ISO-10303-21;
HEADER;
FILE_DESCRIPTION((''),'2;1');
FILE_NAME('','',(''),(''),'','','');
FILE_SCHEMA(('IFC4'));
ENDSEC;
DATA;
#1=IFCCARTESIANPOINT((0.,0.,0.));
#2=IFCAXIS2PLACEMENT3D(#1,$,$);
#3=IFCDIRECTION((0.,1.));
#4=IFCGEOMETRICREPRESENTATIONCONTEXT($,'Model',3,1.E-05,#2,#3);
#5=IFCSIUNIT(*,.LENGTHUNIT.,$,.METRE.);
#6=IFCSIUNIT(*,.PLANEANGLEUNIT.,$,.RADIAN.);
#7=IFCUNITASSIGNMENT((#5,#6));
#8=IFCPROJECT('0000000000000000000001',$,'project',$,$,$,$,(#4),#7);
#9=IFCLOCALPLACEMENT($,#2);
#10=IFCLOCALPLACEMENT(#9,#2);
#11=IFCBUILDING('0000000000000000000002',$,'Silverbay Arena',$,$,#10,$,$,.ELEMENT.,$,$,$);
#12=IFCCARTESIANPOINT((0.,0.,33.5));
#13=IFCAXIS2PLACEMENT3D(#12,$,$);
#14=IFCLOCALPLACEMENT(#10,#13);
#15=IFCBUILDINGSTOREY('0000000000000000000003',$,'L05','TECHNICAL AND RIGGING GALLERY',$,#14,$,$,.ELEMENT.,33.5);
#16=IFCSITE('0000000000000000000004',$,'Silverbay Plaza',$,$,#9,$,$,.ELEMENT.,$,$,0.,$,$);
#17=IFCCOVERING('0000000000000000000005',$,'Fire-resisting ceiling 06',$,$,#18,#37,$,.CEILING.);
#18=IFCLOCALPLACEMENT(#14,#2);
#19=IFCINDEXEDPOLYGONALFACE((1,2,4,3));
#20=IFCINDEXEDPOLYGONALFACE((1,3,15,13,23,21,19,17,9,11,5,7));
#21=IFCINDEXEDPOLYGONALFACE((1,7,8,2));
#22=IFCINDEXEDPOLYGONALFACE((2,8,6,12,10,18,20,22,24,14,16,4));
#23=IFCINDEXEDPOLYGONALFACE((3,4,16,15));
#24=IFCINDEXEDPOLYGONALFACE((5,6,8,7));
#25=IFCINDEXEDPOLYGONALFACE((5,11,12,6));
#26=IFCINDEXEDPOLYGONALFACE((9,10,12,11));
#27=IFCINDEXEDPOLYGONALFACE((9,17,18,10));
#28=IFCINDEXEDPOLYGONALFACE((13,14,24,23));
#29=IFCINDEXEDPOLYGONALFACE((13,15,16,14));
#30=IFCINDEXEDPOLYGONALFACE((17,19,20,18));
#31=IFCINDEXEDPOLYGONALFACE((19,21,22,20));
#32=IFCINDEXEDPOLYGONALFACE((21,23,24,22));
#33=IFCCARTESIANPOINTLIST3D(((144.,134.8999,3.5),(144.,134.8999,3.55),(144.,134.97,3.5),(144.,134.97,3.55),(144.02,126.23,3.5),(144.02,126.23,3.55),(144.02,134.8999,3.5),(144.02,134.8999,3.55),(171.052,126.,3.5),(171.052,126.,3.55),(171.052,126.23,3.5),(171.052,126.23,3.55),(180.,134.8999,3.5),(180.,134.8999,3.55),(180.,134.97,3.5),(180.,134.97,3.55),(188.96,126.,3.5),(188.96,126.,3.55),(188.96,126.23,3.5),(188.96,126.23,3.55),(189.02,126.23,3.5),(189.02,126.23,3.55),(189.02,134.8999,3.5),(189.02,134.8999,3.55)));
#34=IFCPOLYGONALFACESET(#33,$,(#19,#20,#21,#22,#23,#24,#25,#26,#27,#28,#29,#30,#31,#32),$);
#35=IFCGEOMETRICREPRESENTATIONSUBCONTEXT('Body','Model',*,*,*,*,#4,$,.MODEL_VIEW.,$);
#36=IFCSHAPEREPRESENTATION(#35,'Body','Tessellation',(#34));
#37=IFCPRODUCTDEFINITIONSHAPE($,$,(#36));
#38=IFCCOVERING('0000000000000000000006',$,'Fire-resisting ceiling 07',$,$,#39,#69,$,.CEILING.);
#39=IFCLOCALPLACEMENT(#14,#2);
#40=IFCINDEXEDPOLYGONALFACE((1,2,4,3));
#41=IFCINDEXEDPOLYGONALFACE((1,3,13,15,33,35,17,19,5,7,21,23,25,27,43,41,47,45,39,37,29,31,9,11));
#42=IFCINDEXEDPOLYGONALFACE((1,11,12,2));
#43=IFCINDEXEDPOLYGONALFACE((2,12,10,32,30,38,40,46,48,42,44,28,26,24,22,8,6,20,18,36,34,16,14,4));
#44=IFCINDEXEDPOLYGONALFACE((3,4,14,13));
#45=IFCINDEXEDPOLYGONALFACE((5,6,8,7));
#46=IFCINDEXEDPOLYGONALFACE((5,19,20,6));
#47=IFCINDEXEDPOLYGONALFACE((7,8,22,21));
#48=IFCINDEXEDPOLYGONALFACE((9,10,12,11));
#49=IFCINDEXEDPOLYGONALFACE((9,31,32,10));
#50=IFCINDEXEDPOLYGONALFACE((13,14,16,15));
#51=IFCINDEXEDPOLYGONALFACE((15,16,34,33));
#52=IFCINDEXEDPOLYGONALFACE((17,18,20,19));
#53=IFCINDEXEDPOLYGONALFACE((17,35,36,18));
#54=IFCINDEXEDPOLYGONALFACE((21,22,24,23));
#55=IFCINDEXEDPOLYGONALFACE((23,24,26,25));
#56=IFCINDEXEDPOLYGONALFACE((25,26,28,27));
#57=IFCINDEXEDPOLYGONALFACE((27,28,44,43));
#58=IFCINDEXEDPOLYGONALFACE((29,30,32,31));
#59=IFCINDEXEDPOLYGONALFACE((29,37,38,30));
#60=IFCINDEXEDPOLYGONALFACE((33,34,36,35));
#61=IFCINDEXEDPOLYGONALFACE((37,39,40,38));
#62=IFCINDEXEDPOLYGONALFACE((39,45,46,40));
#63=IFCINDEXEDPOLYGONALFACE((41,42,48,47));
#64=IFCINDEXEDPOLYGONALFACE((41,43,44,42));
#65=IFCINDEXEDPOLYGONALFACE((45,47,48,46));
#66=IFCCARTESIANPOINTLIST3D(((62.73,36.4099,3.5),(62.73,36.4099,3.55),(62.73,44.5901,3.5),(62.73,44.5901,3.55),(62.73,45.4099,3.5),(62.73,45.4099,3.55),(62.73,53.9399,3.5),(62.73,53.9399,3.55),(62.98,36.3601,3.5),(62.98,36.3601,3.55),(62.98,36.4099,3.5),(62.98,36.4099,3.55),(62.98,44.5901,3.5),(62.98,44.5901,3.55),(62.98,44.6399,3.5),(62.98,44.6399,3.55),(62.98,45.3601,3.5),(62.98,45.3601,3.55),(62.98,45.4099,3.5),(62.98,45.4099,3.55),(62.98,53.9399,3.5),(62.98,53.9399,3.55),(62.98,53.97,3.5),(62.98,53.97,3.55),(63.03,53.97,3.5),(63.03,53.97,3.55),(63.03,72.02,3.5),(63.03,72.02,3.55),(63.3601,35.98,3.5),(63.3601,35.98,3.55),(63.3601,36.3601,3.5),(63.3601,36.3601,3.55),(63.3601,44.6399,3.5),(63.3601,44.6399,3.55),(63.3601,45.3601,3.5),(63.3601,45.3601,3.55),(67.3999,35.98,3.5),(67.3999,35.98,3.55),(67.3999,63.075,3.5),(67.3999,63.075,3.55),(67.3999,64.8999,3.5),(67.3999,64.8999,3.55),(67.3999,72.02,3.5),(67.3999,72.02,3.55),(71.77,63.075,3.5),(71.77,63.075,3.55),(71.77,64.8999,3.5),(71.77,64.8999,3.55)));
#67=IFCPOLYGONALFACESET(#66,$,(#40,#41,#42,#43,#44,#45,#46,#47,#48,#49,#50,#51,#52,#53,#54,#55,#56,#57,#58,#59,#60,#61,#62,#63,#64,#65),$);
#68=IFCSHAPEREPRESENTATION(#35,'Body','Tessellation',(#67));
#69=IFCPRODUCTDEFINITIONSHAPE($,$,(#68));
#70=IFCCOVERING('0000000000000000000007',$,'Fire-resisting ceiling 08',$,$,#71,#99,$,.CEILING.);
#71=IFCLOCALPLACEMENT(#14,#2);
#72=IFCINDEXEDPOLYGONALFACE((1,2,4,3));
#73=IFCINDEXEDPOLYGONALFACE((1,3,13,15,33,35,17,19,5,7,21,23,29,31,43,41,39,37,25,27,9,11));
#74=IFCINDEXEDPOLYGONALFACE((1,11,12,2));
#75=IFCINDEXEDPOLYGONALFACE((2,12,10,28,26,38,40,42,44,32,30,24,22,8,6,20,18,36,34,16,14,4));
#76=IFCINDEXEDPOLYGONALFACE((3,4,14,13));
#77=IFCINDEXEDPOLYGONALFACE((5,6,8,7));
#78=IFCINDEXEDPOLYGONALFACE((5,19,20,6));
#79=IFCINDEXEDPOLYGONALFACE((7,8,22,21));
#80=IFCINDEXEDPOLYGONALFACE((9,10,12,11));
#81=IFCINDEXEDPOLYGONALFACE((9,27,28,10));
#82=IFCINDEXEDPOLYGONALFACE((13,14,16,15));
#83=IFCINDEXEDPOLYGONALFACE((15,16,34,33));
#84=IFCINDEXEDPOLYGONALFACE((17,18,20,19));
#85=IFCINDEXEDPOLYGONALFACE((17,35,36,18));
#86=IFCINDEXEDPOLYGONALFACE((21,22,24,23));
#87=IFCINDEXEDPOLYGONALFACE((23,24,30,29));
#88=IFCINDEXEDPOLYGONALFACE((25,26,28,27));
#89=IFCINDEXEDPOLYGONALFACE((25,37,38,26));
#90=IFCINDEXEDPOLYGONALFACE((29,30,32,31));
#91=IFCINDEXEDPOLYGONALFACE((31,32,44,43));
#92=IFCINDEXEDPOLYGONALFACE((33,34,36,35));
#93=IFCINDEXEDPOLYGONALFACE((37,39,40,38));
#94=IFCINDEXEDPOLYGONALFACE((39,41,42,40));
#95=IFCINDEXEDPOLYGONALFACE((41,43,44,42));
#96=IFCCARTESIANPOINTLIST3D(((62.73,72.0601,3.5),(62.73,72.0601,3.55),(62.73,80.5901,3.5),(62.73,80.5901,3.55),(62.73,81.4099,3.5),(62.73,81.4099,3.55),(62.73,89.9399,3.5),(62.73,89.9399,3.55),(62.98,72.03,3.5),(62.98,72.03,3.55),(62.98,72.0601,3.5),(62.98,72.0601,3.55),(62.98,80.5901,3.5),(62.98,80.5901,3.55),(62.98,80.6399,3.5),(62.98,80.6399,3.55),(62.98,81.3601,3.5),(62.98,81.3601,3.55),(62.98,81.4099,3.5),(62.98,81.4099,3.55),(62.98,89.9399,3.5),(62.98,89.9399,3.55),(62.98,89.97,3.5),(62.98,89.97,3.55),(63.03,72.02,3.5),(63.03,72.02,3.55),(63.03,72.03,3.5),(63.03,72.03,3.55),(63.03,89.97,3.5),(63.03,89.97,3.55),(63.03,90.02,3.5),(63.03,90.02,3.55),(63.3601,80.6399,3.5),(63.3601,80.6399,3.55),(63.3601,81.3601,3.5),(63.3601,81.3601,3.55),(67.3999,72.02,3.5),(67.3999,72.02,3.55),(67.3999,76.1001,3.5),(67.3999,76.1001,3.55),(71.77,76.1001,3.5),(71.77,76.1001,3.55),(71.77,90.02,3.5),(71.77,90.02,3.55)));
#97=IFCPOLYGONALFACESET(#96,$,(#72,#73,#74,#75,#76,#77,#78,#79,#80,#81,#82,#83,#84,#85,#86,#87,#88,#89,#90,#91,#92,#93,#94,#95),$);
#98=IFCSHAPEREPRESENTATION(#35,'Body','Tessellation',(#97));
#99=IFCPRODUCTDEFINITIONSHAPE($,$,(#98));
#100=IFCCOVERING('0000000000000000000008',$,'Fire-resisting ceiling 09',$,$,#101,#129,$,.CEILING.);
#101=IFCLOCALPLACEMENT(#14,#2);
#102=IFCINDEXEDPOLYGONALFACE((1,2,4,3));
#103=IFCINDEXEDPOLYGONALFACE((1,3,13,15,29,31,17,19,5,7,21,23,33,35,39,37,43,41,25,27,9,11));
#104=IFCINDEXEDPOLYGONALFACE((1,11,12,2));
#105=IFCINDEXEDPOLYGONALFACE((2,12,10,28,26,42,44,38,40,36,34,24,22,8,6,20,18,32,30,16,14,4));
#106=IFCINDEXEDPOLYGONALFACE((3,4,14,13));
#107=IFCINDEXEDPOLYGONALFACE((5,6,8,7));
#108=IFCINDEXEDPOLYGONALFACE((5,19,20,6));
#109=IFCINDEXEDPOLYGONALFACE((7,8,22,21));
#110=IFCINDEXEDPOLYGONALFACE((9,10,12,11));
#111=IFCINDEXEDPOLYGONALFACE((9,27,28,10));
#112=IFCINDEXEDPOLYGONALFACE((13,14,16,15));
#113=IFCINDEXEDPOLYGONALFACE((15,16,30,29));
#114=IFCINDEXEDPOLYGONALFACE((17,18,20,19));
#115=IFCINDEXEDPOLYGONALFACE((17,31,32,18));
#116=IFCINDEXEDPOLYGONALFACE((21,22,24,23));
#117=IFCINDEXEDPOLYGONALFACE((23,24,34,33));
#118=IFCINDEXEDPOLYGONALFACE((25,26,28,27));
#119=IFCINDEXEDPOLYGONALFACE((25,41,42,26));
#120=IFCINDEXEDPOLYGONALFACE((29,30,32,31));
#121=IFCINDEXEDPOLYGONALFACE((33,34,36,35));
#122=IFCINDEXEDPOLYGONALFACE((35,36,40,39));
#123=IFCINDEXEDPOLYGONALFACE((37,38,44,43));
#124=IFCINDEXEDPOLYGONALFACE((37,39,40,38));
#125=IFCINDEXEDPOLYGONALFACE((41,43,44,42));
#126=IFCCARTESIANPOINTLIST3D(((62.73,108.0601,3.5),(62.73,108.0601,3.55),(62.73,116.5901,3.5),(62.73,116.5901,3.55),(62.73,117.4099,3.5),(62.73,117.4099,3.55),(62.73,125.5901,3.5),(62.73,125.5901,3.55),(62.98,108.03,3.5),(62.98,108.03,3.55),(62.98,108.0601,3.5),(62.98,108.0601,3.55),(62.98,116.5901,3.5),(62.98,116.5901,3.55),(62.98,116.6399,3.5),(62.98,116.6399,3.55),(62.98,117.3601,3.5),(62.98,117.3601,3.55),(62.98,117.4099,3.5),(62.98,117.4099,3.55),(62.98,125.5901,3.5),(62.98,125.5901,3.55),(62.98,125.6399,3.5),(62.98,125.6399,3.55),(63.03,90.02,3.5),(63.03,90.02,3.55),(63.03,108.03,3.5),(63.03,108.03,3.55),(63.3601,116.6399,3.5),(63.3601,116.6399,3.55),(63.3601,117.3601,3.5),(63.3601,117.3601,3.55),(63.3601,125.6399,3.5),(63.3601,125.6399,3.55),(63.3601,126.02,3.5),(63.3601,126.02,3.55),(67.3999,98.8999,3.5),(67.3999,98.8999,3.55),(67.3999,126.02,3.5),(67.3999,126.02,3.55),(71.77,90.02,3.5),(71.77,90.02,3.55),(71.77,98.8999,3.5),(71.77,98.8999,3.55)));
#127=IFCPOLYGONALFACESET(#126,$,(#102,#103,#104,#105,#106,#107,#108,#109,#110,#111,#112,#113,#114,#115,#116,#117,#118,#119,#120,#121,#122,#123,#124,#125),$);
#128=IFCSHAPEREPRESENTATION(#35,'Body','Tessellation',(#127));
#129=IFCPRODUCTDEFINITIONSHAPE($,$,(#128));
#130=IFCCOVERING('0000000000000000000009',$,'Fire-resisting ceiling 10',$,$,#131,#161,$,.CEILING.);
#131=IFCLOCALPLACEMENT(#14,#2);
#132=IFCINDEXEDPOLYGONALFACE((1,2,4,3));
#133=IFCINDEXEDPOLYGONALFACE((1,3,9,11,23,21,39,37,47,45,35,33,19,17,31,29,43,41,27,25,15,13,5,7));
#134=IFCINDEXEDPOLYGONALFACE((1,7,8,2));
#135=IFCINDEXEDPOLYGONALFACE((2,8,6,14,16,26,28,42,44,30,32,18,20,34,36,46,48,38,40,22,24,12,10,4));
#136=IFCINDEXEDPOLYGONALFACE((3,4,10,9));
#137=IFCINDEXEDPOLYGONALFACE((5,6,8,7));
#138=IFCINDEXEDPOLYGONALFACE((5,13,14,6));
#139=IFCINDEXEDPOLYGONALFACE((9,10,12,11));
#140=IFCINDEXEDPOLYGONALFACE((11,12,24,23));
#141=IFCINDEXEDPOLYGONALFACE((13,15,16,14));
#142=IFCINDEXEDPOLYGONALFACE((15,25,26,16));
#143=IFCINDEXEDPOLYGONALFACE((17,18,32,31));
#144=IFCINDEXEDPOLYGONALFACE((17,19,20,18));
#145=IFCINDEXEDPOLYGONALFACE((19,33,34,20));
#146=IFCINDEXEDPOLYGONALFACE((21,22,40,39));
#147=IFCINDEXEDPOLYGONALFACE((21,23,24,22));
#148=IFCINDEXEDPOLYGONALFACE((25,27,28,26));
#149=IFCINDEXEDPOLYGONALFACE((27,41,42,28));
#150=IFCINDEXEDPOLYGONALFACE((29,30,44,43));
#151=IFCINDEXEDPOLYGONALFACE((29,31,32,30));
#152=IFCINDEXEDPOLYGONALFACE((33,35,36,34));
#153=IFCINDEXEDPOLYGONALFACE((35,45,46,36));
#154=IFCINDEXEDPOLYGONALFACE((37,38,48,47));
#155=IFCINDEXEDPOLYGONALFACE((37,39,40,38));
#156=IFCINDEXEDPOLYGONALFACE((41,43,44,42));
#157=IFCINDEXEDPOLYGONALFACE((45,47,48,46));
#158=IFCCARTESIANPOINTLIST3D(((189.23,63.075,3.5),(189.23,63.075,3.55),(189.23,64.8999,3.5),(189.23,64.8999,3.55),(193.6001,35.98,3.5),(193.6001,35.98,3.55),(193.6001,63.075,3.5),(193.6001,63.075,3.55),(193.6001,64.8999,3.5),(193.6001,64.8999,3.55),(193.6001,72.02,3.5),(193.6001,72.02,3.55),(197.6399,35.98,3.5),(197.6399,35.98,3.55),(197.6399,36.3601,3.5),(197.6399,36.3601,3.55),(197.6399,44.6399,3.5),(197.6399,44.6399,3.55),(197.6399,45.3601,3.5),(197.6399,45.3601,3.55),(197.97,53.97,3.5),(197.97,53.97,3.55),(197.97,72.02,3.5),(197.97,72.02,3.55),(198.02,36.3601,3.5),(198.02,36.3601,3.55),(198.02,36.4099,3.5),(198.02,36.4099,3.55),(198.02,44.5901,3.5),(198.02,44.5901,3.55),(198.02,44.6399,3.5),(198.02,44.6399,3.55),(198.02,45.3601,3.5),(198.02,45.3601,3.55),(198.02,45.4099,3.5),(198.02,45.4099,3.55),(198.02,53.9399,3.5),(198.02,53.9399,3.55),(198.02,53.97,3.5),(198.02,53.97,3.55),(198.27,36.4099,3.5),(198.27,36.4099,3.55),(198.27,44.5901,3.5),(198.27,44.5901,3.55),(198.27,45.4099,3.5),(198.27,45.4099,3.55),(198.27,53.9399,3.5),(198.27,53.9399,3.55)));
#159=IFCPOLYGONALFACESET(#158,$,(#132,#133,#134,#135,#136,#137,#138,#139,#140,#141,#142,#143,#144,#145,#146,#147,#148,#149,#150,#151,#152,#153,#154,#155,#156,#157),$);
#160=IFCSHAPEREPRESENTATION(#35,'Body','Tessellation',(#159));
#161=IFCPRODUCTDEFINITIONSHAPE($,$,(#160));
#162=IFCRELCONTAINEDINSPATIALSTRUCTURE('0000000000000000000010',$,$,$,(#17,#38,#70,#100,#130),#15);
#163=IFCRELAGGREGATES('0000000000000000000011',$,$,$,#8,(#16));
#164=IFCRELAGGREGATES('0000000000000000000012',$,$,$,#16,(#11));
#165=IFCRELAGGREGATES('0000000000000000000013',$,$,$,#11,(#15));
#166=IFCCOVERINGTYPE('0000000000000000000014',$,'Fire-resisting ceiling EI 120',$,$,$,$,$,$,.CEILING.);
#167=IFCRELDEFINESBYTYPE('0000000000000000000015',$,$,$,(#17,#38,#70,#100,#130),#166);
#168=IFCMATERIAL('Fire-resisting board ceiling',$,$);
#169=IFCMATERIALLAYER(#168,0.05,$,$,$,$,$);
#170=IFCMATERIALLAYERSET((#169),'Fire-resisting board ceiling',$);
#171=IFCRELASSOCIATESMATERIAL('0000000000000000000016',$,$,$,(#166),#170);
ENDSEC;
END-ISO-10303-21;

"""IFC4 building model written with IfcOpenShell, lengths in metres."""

from ifc_helpers import new_model, si_unit, direction, frame, origin, place, context, subcontext, project, spatial, polyline, outline, extrude, material, layer, layer_set, type_object, element, save


model = new_model("IFC4")

# Units and contexts
model_context = context("Model", 3, precision=1e-05, world=origin(), true_north=direction((0.0, 1.0)))
body_context = subcontext(model_context, "Body", "Model", "MODEL_VIEW")
ifc_project = project(units=[si_unit("LENGTHUNIT", "METRE"), si_unit("PLANEANGLEUNIT", "RADIAN")], contexts=[model_context])

# Site, building, storey
site_placement = place(None, origin())
site = spatial("IfcSite", under=ifc_project, at=site_placement, Name="Silverbay Plaza", CompositionType="ELEMENT", RefElevation=0.0)
building_placement = place(site_placement, origin())
building = spatial("IfcBuilding", under=site, at=building_placement, Name="Silverbay Arena", CompositionType="ELEMENT")
storey_placement = place(building_placement, frame((0.0, 0.0, 33.5)))
storey = spatial("IfcBuildingStorey", under=building, at=storey_placement, Name="L05", Description="TECHNICAL AND RIGGING GALLERY", CompositionType="ELEMENT", Elevation=33.5)

# Coverings
ifc_material = material(Name="Fire-resisting board ceiling")
ifc_layer = layer(ifc_material, 0.05)
ifc_layer_set = layer_set([ifc_layer], Name="Fire-resisting board ceiling")
covering_type = type_object("IfcCoveringType", Name="Fire-resisting ceiling EI 120", PredefinedType="CEILING", material=ifc_layer_set)
covering_1_placement = place(storey_placement, frame((0.0, 0.0, 3.5)))
element("IfcCovering", 1, at=covering_1_placement, inside=storey, type_object=covering_type, Name="Fire-resisting ceiling 06", PredefinedType="CEILING", context=body_context, shape_type="SweptSolid", body=[
    extrude(outline(polyline([(171.052, 126.0), (188.96, 126.0), (188.96, 126.23), (189.02, 126.23), (189.02, 134.8999), (180.0, 134.8999), (180.0, 134.97), (144.0, 134.97), (144.0, 134.8999), (144.02, 134.8999), (144.02, 126.23), (171.052, 126.23), (171.052, 126.0)])), origin(), (0.0, 0.0, 1.0), 0.05),
])
covering_2_placement = place(storey_placement, frame((0.0, 0.0, 3.5)))
element("IfcCovering", 2, at=covering_2_placement, inside=storey, type_object=covering_type, Name="Fire-resisting ceiling 07", PredefinedType="CEILING", context=body_context, shape_type="SweptSolid", body=[
    extrude(outline(polyline([(62.73, 44.5901), (62.73, 36.4099), (62.98, 36.4099), (62.98, 36.3601), (63.3601, 36.3601), (63.3601, 35.98), (67.3999, 35.98), (67.3999, 63.075), (71.77, 63.075), (71.77, 64.8999), (67.3999, 64.8999), (67.3999, 72.02), (63.03, 72.02), (63.03, 53.97), (62.98, 53.97), (62.98, 53.9399), (62.73, 53.9399), (62.73, 45.4099), (62.98, 45.4099), (62.98, 45.3601), (63.3601, 45.3601), (63.3601, 44.6399), (62.98, 44.6399), (62.98, 44.5901), (62.73, 44.5901)])), origin(), (0.0, 0.0, 1.0), 0.05),
])
covering_3_placement = place(storey_placement, frame((0.0, 0.0, 3.5)))
element("IfcCovering", 3, at=covering_3_placement, inside=storey, type_object=covering_type, Name="Fire-resisting ceiling 08", PredefinedType="CEILING", context=body_context, shape_type="SweptSolid", body=[
    extrude(outline(polyline([(62.73, 80.5901), (62.73, 72.0601), (62.98, 72.0601), (62.98, 72.03), (63.03, 72.03), (63.03, 72.02), (67.3999, 72.02), (67.3999, 76.1001), (71.77, 76.1001), (71.77, 90.02), (63.03, 90.02), (63.03, 89.97), (62.98, 89.97), (62.98, 89.9399), (62.73, 89.9399), (62.73, 81.4099), (62.98, 81.4099), (62.98, 81.3601), (63.3601, 81.3601), (63.3601, 80.6399), (62.98, 80.6399), (62.98, 80.5901), (62.73, 80.5901)])), origin(), (0.0, 0.0, 1.0), 0.05),
])
covering_4_placement = place(storey_placement, frame((0.0, 0.0, 3.5)))
element("IfcCovering", 4, at=covering_4_placement, inside=storey, type_object=covering_type, Name="Fire-resisting ceiling 09", PredefinedType="CEILING", context=body_context, shape_type="SweptSolid", body=[
    extrude(outline(polyline([(62.98, 125.5901), (62.73, 125.5901), (62.73, 117.4099), (62.98, 117.4099), (62.98, 117.3601), (63.3601, 117.3601), (63.3601, 116.6399), (62.98, 116.6399), (62.98, 116.5901), (62.73, 116.5901), (62.73, 108.0601), (62.98, 108.0601), (62.98, 108.03), (63.03, 108.03), (63.03, 90.02), (71.77, 90.02), (71.77, 98.8999), (67.3999, 98.8999), (67.3999, 126.02), (63.3601, 126.02), (63.3601, 125.6399), (62.98, 125.6399), (62.98, 125.5901)])), origin(), (0.0, 0.0, 1.0), 0.05),
])
covering_5_placement = place(storey_placement, frame((0.0, 0.0, 3.5)))
element("IfcCovering", 5, at=covering_5_placement, inside=storey, type_object=covering_type, Name="Fire-resisting ceiling 10", PredefinedType="CEILING", context=body_context, shape_type="SweptSolid", body=[
    extrude(outline(polyline([(198.27, 36.4099), (198.27, 44.5901), (198.02, 44.5901), (198.02, 44.6399), (197.6399, 44.6399), (197.6399, 45.3601), (198.02, 45.3601), (198.02, 45.4099), (198.27, 45.4099), (198.27, 53.9399), (198.02, 53.9399), (198.02, 53.97), (197.97, 53.97), (197.97, 72.02), (193.6001, 72.02), (193.6001, 64.8999), (189.23, 64.8999), (189.23, 63.075), (193.6001, 63.075), (193.6001, 35.98), (197.6399, 35.98), (197.6399, 36.3601), (198.02, 36.3601), (198.02, 36.4099), (198.27, 36.4099)])), origin(), (0.0, 0.0, 1.0), 0.05),
])

save(model, "model.ifc")
